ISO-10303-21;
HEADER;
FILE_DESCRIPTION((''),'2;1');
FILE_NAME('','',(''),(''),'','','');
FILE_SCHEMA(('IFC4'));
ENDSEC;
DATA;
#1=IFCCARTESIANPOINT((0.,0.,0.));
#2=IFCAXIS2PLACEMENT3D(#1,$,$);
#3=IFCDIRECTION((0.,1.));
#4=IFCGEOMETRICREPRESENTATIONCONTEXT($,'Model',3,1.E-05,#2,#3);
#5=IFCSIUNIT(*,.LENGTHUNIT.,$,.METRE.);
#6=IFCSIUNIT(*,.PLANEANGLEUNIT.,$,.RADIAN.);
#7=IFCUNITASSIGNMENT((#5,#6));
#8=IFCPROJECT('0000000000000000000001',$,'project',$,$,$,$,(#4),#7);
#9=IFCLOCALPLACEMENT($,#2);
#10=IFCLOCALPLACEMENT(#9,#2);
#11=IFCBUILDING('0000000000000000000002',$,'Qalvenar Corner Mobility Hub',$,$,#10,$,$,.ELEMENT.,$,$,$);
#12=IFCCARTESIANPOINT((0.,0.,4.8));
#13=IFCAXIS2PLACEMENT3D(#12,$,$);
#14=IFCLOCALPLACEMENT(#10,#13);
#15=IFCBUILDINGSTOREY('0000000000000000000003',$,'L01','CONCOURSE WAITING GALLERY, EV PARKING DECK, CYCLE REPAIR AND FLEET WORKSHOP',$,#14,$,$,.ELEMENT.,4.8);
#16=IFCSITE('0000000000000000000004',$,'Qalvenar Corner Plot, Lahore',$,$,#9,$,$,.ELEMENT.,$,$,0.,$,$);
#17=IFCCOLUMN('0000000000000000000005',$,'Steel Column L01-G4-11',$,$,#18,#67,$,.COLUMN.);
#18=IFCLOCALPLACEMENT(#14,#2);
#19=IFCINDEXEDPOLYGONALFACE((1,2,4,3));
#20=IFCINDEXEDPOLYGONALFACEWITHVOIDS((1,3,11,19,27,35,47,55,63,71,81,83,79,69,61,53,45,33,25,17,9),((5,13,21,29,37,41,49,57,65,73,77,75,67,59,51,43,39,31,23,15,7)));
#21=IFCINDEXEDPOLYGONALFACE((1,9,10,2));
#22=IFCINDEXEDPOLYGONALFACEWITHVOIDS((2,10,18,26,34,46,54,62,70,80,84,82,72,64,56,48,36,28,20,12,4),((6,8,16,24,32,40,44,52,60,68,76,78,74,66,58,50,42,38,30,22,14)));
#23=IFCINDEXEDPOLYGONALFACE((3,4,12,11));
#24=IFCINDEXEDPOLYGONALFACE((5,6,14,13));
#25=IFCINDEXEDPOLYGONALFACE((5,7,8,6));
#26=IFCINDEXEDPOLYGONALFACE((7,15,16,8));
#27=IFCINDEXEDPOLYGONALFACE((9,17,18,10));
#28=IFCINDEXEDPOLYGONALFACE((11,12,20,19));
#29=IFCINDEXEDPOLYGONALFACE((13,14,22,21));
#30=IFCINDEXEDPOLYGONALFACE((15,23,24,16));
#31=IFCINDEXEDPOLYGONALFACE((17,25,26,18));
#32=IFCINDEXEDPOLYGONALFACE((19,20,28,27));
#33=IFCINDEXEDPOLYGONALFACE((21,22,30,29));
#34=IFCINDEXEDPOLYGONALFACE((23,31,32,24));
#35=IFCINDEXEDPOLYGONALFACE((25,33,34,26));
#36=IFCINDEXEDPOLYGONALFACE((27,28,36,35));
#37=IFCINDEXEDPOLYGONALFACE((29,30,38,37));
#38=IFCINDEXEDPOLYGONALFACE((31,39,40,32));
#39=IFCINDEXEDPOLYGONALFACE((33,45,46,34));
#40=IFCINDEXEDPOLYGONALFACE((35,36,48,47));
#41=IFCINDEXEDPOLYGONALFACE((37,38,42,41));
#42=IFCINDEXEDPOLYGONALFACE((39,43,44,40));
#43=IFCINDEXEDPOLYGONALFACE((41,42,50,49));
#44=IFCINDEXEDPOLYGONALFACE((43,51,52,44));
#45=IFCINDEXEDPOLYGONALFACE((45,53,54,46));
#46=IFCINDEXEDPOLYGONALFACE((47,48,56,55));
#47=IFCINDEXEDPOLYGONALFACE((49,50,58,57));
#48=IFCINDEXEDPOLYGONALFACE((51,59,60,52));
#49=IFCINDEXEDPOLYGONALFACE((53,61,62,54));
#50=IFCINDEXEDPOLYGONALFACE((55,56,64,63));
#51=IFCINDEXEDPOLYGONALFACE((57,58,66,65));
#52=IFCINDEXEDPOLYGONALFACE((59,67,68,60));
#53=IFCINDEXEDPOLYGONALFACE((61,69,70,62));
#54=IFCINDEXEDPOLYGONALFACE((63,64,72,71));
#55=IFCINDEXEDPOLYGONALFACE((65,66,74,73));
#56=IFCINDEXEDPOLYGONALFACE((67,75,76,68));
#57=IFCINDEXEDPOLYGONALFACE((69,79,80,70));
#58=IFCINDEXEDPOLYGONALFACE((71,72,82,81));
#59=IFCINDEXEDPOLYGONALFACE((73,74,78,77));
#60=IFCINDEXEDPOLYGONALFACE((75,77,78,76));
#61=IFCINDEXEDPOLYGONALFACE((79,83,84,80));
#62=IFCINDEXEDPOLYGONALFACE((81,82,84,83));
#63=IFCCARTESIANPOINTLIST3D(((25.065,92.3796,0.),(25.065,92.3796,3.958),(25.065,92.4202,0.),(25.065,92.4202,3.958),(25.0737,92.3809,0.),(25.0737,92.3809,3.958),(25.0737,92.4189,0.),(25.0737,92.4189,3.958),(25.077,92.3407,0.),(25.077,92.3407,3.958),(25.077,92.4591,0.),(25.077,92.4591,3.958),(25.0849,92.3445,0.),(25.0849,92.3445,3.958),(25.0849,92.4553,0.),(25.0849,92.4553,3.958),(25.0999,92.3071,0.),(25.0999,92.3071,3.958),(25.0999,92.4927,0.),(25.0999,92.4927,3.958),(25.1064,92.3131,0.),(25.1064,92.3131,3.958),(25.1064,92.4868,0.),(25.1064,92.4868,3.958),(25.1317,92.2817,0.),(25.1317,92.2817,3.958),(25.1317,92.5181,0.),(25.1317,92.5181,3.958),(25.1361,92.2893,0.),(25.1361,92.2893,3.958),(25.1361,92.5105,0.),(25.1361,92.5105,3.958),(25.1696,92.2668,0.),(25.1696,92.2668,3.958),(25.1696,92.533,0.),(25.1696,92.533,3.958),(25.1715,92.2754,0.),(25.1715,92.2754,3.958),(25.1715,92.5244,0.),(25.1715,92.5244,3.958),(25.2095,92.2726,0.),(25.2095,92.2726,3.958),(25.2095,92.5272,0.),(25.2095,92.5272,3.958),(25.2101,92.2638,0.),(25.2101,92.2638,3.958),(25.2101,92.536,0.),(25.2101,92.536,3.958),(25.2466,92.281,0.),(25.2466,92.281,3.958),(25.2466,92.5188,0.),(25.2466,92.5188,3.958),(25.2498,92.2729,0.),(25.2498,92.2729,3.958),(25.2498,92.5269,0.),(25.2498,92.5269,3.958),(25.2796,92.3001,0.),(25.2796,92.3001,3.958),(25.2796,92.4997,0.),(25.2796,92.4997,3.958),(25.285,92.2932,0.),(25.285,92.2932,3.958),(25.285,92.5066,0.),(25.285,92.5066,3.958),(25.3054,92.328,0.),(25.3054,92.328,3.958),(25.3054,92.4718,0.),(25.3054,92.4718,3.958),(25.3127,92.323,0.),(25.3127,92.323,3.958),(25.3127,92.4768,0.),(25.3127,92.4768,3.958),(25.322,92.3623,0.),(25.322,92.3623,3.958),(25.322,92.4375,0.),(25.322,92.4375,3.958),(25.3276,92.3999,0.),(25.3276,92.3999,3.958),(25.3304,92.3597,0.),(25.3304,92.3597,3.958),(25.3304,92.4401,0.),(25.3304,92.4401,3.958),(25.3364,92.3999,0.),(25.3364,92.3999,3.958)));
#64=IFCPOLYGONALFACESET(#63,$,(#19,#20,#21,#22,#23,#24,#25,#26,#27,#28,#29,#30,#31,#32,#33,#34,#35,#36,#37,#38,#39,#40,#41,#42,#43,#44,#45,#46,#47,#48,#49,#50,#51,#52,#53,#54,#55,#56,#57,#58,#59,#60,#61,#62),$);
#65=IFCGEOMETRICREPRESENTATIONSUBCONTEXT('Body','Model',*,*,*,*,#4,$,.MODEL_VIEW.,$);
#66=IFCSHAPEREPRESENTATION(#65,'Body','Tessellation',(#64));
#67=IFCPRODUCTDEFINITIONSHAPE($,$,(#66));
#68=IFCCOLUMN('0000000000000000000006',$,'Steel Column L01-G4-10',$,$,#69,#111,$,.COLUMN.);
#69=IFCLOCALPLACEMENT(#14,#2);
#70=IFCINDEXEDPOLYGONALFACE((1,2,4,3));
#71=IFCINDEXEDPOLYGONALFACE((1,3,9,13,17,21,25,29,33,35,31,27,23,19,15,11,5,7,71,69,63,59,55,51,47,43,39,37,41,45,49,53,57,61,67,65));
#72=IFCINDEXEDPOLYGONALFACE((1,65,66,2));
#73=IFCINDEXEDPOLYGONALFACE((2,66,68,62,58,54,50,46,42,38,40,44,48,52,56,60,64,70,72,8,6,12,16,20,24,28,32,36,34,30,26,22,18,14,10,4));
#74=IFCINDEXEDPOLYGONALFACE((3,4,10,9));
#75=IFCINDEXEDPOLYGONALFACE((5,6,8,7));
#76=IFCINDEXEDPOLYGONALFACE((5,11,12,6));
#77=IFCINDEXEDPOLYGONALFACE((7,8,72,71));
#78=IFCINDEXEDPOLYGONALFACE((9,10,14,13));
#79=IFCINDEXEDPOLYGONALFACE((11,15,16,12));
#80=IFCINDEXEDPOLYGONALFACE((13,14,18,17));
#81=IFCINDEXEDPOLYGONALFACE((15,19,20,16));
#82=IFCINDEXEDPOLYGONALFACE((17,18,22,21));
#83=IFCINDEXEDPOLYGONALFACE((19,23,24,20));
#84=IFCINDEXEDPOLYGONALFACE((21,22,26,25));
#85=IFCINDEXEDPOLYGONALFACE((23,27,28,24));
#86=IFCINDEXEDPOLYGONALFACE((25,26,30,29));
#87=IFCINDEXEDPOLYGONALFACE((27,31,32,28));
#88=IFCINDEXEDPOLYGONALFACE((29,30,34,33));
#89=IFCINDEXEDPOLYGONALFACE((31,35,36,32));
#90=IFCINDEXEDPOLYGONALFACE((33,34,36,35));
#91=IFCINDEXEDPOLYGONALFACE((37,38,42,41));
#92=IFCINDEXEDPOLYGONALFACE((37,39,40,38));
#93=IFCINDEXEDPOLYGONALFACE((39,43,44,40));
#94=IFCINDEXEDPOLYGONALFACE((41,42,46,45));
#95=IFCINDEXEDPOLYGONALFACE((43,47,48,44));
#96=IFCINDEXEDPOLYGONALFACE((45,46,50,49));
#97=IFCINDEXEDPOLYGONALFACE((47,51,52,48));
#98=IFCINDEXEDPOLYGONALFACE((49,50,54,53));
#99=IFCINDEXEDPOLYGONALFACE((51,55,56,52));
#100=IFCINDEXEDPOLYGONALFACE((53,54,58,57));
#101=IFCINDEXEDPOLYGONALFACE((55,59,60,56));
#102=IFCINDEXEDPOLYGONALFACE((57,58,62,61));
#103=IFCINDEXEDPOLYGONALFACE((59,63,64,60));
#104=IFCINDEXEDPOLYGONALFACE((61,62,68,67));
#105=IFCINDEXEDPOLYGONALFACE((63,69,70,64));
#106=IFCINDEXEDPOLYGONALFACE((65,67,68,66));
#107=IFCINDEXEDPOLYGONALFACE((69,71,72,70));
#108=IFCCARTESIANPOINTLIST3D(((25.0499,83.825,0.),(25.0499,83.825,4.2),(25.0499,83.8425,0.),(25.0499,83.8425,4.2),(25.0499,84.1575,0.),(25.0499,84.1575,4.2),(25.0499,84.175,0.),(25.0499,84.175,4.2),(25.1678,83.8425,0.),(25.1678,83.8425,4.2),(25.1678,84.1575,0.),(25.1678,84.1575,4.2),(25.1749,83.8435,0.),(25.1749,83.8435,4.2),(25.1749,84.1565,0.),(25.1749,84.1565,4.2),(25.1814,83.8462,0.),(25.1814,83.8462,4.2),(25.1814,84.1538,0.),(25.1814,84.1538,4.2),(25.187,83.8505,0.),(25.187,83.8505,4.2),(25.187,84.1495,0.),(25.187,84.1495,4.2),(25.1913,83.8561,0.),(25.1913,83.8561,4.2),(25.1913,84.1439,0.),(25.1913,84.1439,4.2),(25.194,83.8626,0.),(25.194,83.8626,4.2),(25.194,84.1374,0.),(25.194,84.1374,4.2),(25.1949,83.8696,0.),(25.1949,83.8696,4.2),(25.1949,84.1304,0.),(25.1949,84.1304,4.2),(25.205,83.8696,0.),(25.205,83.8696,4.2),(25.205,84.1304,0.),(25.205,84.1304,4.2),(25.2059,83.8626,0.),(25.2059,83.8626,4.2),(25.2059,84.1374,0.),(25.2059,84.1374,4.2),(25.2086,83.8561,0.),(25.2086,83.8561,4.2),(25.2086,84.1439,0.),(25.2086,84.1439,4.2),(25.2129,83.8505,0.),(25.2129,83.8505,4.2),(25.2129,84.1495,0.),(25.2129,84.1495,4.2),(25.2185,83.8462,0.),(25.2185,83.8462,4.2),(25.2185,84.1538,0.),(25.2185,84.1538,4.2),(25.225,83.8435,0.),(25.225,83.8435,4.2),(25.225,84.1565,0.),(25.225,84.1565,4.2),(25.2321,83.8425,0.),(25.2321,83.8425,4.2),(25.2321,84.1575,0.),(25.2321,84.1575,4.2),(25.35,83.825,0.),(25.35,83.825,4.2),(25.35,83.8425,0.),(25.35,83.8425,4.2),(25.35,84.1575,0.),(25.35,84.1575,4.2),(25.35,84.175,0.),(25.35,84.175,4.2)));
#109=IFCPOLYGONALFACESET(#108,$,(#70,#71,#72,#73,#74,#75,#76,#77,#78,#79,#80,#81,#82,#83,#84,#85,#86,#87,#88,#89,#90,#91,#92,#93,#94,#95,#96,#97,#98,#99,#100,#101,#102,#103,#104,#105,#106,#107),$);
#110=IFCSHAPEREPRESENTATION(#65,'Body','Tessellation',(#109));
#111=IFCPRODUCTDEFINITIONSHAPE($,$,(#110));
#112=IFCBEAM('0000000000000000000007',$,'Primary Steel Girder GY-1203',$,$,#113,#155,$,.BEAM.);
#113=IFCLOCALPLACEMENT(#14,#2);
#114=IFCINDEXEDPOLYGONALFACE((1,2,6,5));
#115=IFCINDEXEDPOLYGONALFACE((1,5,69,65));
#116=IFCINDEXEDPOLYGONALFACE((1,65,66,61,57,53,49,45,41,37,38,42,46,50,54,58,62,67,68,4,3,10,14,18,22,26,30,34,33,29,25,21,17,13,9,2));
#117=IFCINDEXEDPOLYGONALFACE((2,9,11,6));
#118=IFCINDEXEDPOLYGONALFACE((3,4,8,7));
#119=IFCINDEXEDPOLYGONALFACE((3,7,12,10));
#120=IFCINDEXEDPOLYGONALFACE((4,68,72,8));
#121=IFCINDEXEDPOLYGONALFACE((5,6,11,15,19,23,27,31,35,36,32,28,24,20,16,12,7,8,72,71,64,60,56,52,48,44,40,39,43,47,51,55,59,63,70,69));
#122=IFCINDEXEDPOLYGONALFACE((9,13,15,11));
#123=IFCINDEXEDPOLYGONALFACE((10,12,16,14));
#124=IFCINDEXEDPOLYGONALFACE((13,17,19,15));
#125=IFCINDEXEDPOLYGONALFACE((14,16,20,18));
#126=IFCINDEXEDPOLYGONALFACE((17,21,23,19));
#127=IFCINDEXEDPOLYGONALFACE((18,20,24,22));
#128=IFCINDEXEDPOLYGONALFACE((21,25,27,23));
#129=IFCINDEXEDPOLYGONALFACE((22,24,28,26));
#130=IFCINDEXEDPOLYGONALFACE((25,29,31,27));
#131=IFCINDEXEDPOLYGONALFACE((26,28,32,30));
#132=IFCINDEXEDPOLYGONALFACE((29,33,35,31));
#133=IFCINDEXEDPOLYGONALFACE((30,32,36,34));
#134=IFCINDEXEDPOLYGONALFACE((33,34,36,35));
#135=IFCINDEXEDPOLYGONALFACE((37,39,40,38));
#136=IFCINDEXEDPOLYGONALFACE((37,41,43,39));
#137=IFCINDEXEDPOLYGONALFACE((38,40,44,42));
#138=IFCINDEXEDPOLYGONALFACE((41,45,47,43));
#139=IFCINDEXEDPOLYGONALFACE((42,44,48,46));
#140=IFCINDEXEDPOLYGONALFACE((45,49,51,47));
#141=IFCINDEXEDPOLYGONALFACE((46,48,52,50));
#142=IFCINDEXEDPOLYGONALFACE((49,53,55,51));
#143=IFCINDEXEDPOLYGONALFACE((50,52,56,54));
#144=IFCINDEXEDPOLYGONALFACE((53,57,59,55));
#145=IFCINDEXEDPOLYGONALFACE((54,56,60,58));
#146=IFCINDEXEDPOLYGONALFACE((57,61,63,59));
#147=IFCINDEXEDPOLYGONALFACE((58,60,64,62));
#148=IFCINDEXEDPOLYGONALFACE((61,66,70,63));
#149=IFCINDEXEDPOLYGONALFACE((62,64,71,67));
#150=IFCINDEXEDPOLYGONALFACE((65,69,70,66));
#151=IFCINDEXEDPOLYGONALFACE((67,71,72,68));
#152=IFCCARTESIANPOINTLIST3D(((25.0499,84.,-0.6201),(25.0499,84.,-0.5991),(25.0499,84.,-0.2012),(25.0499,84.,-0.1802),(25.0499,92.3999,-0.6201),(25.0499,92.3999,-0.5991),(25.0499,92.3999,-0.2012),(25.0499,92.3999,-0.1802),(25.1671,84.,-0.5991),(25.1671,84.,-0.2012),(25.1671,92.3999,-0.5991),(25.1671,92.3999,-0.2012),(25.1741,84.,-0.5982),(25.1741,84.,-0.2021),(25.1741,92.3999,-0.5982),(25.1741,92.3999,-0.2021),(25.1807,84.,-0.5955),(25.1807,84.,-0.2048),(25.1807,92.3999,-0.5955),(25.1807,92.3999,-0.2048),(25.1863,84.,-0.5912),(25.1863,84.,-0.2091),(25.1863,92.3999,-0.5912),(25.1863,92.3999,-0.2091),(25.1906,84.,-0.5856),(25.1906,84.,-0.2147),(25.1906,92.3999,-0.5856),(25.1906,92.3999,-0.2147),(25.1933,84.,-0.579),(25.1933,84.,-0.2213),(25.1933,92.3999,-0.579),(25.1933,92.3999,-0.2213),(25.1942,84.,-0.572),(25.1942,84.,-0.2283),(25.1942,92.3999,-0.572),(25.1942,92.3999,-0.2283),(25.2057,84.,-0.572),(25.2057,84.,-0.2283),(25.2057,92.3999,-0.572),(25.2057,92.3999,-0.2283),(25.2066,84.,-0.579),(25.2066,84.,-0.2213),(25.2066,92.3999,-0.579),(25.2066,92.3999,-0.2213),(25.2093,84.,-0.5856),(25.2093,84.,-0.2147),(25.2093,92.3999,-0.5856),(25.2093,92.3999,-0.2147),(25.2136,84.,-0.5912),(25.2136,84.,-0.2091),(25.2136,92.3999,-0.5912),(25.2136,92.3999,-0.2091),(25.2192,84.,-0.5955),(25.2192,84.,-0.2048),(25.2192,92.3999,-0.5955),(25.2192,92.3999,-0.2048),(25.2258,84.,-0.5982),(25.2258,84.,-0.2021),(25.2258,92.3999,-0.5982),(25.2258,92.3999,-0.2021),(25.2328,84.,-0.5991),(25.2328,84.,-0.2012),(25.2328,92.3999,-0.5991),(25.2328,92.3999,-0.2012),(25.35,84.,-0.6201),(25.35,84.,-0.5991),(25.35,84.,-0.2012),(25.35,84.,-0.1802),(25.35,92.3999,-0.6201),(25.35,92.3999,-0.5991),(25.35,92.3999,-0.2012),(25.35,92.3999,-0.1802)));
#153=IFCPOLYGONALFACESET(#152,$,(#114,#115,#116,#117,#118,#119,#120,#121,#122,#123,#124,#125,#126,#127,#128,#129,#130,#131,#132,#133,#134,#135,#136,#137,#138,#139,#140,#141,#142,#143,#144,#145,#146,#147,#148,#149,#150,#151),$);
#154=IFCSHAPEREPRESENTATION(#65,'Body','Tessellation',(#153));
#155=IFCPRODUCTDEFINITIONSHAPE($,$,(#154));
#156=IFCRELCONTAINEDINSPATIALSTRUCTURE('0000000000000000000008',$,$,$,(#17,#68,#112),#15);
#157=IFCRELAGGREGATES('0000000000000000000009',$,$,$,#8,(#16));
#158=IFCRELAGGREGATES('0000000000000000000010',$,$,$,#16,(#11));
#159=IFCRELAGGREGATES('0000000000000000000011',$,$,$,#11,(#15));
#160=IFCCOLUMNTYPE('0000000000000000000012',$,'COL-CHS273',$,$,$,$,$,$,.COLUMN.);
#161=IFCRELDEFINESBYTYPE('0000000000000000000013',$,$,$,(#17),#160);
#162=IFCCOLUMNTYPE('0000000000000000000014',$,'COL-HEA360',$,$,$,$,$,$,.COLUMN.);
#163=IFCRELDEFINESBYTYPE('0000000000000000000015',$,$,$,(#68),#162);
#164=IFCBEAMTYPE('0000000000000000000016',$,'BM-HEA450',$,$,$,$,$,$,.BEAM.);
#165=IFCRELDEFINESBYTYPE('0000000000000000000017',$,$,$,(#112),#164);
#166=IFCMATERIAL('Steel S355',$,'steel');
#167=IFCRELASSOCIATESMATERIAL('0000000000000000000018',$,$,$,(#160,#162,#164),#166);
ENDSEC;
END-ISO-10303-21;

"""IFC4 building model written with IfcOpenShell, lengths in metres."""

from ifc_helpers import new_model, si_unit, direction, frame, origin, origin_2d, place, context, subcontext, project, spatial, hollow_circle, i_section, extrude, material, material_profile, profile_set, type_object, element, save


model = new_model("IFC4")

# Units and contexts
model_context = context("Model", 3, precision=1e-05, world=origin(), true_north=direction((0.0, 1.0)))
body_context = subcontext(model_context, "Body", "Model", "MODEL_VIEW")
ifc_project = project(units=[si_unit("LENGTHUNIT", "METRE"), si_unit("PLANEANGLEUNIT", "RADIAN")], contexts=[model_context])

# Site, building, storey
site_placement = place(None, origin())
site = spatial("IfcSite", under=ifc_project, at=site_placement, Name="Qalvenar Corner Plot, Lahore", CompositionType="ELEMENT", RefElevation=0.0)
building_placement = place(site_placement, origin())
building = spatial("IfcBuilding", under=site, at=building_placement, Name="Qalvenar Corner Mobility Hub", CompositionType="ELEMENT")
storey_placement = place(building_placement, frame((0.0, 0.0, 4.8)))
storey = spatial("IfcBuildingStorey", under=building, at=storey_placement, Name="L01", Description="CONCOURSE WAITING GALLERY, EV PARKING DECK, CYCLE REPAIR AND FLEET WORKSHOP", CompositionType="ELEMENT", Elevation=4.8)

# Columns
ifc_material_1 = material(Name="Steel S355", Category="steel")
ifc_material_profile_1 = material_profile(ifc_material_1, hollow_circle(Radius=0.1365, WallThickness=0.0088, at=origin_2d()), Name="CHS273x8.8")
ifc_profile_set_1 = profile_set([ifc_material_profile_1], Name="Steel S355")
column_type_1 = type_object("IfcColumnType", Name="COL-CHS273", PredefinedType="COLUMN", material=ifc_profile_set_1)
column_1_placement = place(storey_placement, frame((25.2, 92.3999, 0.0), z_axis=(0.0, 0.0, 1.0), x_axis=(1.0, 0.0, 0.0)))
element("IfcColumn", 1, at=column_1_placement, inside=storey, type_object=column_type_1, Name="Steel Column L01-G4-11", PredefinedType="COLUMN", context=body_context, shape_type="SweptSolid", body=[
    extrude(hollow_circle(Radius=0.1365, WallThickness=0.0088, at=origin_2d()), origin(), (0.0, 0.0, 1.0), 3.958),
])
ifc_material_profile_2 = material_profile(ifc_material_1, i_section(OverallWidth=0.3, OverallDepth=0.3501, WebThickness=0.01, FlangeThickness=0.0176, FilletRadius=0.0271, at=origin_2d()), Name="HEA360")
ifc_profile_set_2 = profile_set([ifc_material_profile_2], Name="Steel S355")
column_type_2 = type_object("IfcColumnType", Name="COL-HEA360", PredefinedType="COLUMN", material=ifc_profile_set_2)
column_2_placement = place(storey_placement, frame((25.2, 84.0, 0.0), z_axis=(0.0, 0.0, 1.0), x_axis=(1.0, 0.0, 0.0)))
element("IfcColumn", 2, at=column_2_placement, inside=storey, type_object=column_type_2, Name="Steel Column L01-G4-10", PredefinedType="COLUMN", context=body_context, shape_type="SweptSolid", body=[
    extrude(i_section(OverallWidth=0.3, OverallDepth=0.3501, WebThickness=0.01, FlangeThickness=0.0176, FilletRadius=0.0271, at=origin_2d()), origin(), (0.0, 0.0, 1.0), 4.2),
])

# Beam
ifc_material_profile_3 = material_profile(ifc_material_1, i_section(OverallWidth=0.3, OverallDepth=0.4399, WebThickness=0.0115, FlangeThickness=0.021, FilletRadius=0.0271, at=origin_2d()), Name="HEA450")
ifc_profile_set_3 = profile_set([ifc_material_profile_3], Name="Steel S355")
beam_type_1 = type_object("IfcBeamType", Name="BM-HEA450", PredefinedType="BEAM", material=ifc_profile_set_3)
beam_1_placement = place(storey_placement, frame((25.2, 84.0, -0.4001), z_axis=(0.0, 1.0, 0.0), x_axis=(-1.0, 0.0, 0.0)))
element("IfcBeam", 3, at=beam_1_placement, inside=storey, type_object=beam_type_1, Name="Primary Steel Girder GY-1203", PredefinedType="BEAM", context=body_context, shape_type="SweptSolid", body=[
    extrude(i_section(OverallWidth=0.3, OverallDepth=0.4399, WebThickness=0.0115, FlangeThickness=0.021, FilletRadius=0.0271, at=origin_2d()), origin(), (0.0, 0.0, 1.0), 8.3999),
])

save(model, "model.ifc")
